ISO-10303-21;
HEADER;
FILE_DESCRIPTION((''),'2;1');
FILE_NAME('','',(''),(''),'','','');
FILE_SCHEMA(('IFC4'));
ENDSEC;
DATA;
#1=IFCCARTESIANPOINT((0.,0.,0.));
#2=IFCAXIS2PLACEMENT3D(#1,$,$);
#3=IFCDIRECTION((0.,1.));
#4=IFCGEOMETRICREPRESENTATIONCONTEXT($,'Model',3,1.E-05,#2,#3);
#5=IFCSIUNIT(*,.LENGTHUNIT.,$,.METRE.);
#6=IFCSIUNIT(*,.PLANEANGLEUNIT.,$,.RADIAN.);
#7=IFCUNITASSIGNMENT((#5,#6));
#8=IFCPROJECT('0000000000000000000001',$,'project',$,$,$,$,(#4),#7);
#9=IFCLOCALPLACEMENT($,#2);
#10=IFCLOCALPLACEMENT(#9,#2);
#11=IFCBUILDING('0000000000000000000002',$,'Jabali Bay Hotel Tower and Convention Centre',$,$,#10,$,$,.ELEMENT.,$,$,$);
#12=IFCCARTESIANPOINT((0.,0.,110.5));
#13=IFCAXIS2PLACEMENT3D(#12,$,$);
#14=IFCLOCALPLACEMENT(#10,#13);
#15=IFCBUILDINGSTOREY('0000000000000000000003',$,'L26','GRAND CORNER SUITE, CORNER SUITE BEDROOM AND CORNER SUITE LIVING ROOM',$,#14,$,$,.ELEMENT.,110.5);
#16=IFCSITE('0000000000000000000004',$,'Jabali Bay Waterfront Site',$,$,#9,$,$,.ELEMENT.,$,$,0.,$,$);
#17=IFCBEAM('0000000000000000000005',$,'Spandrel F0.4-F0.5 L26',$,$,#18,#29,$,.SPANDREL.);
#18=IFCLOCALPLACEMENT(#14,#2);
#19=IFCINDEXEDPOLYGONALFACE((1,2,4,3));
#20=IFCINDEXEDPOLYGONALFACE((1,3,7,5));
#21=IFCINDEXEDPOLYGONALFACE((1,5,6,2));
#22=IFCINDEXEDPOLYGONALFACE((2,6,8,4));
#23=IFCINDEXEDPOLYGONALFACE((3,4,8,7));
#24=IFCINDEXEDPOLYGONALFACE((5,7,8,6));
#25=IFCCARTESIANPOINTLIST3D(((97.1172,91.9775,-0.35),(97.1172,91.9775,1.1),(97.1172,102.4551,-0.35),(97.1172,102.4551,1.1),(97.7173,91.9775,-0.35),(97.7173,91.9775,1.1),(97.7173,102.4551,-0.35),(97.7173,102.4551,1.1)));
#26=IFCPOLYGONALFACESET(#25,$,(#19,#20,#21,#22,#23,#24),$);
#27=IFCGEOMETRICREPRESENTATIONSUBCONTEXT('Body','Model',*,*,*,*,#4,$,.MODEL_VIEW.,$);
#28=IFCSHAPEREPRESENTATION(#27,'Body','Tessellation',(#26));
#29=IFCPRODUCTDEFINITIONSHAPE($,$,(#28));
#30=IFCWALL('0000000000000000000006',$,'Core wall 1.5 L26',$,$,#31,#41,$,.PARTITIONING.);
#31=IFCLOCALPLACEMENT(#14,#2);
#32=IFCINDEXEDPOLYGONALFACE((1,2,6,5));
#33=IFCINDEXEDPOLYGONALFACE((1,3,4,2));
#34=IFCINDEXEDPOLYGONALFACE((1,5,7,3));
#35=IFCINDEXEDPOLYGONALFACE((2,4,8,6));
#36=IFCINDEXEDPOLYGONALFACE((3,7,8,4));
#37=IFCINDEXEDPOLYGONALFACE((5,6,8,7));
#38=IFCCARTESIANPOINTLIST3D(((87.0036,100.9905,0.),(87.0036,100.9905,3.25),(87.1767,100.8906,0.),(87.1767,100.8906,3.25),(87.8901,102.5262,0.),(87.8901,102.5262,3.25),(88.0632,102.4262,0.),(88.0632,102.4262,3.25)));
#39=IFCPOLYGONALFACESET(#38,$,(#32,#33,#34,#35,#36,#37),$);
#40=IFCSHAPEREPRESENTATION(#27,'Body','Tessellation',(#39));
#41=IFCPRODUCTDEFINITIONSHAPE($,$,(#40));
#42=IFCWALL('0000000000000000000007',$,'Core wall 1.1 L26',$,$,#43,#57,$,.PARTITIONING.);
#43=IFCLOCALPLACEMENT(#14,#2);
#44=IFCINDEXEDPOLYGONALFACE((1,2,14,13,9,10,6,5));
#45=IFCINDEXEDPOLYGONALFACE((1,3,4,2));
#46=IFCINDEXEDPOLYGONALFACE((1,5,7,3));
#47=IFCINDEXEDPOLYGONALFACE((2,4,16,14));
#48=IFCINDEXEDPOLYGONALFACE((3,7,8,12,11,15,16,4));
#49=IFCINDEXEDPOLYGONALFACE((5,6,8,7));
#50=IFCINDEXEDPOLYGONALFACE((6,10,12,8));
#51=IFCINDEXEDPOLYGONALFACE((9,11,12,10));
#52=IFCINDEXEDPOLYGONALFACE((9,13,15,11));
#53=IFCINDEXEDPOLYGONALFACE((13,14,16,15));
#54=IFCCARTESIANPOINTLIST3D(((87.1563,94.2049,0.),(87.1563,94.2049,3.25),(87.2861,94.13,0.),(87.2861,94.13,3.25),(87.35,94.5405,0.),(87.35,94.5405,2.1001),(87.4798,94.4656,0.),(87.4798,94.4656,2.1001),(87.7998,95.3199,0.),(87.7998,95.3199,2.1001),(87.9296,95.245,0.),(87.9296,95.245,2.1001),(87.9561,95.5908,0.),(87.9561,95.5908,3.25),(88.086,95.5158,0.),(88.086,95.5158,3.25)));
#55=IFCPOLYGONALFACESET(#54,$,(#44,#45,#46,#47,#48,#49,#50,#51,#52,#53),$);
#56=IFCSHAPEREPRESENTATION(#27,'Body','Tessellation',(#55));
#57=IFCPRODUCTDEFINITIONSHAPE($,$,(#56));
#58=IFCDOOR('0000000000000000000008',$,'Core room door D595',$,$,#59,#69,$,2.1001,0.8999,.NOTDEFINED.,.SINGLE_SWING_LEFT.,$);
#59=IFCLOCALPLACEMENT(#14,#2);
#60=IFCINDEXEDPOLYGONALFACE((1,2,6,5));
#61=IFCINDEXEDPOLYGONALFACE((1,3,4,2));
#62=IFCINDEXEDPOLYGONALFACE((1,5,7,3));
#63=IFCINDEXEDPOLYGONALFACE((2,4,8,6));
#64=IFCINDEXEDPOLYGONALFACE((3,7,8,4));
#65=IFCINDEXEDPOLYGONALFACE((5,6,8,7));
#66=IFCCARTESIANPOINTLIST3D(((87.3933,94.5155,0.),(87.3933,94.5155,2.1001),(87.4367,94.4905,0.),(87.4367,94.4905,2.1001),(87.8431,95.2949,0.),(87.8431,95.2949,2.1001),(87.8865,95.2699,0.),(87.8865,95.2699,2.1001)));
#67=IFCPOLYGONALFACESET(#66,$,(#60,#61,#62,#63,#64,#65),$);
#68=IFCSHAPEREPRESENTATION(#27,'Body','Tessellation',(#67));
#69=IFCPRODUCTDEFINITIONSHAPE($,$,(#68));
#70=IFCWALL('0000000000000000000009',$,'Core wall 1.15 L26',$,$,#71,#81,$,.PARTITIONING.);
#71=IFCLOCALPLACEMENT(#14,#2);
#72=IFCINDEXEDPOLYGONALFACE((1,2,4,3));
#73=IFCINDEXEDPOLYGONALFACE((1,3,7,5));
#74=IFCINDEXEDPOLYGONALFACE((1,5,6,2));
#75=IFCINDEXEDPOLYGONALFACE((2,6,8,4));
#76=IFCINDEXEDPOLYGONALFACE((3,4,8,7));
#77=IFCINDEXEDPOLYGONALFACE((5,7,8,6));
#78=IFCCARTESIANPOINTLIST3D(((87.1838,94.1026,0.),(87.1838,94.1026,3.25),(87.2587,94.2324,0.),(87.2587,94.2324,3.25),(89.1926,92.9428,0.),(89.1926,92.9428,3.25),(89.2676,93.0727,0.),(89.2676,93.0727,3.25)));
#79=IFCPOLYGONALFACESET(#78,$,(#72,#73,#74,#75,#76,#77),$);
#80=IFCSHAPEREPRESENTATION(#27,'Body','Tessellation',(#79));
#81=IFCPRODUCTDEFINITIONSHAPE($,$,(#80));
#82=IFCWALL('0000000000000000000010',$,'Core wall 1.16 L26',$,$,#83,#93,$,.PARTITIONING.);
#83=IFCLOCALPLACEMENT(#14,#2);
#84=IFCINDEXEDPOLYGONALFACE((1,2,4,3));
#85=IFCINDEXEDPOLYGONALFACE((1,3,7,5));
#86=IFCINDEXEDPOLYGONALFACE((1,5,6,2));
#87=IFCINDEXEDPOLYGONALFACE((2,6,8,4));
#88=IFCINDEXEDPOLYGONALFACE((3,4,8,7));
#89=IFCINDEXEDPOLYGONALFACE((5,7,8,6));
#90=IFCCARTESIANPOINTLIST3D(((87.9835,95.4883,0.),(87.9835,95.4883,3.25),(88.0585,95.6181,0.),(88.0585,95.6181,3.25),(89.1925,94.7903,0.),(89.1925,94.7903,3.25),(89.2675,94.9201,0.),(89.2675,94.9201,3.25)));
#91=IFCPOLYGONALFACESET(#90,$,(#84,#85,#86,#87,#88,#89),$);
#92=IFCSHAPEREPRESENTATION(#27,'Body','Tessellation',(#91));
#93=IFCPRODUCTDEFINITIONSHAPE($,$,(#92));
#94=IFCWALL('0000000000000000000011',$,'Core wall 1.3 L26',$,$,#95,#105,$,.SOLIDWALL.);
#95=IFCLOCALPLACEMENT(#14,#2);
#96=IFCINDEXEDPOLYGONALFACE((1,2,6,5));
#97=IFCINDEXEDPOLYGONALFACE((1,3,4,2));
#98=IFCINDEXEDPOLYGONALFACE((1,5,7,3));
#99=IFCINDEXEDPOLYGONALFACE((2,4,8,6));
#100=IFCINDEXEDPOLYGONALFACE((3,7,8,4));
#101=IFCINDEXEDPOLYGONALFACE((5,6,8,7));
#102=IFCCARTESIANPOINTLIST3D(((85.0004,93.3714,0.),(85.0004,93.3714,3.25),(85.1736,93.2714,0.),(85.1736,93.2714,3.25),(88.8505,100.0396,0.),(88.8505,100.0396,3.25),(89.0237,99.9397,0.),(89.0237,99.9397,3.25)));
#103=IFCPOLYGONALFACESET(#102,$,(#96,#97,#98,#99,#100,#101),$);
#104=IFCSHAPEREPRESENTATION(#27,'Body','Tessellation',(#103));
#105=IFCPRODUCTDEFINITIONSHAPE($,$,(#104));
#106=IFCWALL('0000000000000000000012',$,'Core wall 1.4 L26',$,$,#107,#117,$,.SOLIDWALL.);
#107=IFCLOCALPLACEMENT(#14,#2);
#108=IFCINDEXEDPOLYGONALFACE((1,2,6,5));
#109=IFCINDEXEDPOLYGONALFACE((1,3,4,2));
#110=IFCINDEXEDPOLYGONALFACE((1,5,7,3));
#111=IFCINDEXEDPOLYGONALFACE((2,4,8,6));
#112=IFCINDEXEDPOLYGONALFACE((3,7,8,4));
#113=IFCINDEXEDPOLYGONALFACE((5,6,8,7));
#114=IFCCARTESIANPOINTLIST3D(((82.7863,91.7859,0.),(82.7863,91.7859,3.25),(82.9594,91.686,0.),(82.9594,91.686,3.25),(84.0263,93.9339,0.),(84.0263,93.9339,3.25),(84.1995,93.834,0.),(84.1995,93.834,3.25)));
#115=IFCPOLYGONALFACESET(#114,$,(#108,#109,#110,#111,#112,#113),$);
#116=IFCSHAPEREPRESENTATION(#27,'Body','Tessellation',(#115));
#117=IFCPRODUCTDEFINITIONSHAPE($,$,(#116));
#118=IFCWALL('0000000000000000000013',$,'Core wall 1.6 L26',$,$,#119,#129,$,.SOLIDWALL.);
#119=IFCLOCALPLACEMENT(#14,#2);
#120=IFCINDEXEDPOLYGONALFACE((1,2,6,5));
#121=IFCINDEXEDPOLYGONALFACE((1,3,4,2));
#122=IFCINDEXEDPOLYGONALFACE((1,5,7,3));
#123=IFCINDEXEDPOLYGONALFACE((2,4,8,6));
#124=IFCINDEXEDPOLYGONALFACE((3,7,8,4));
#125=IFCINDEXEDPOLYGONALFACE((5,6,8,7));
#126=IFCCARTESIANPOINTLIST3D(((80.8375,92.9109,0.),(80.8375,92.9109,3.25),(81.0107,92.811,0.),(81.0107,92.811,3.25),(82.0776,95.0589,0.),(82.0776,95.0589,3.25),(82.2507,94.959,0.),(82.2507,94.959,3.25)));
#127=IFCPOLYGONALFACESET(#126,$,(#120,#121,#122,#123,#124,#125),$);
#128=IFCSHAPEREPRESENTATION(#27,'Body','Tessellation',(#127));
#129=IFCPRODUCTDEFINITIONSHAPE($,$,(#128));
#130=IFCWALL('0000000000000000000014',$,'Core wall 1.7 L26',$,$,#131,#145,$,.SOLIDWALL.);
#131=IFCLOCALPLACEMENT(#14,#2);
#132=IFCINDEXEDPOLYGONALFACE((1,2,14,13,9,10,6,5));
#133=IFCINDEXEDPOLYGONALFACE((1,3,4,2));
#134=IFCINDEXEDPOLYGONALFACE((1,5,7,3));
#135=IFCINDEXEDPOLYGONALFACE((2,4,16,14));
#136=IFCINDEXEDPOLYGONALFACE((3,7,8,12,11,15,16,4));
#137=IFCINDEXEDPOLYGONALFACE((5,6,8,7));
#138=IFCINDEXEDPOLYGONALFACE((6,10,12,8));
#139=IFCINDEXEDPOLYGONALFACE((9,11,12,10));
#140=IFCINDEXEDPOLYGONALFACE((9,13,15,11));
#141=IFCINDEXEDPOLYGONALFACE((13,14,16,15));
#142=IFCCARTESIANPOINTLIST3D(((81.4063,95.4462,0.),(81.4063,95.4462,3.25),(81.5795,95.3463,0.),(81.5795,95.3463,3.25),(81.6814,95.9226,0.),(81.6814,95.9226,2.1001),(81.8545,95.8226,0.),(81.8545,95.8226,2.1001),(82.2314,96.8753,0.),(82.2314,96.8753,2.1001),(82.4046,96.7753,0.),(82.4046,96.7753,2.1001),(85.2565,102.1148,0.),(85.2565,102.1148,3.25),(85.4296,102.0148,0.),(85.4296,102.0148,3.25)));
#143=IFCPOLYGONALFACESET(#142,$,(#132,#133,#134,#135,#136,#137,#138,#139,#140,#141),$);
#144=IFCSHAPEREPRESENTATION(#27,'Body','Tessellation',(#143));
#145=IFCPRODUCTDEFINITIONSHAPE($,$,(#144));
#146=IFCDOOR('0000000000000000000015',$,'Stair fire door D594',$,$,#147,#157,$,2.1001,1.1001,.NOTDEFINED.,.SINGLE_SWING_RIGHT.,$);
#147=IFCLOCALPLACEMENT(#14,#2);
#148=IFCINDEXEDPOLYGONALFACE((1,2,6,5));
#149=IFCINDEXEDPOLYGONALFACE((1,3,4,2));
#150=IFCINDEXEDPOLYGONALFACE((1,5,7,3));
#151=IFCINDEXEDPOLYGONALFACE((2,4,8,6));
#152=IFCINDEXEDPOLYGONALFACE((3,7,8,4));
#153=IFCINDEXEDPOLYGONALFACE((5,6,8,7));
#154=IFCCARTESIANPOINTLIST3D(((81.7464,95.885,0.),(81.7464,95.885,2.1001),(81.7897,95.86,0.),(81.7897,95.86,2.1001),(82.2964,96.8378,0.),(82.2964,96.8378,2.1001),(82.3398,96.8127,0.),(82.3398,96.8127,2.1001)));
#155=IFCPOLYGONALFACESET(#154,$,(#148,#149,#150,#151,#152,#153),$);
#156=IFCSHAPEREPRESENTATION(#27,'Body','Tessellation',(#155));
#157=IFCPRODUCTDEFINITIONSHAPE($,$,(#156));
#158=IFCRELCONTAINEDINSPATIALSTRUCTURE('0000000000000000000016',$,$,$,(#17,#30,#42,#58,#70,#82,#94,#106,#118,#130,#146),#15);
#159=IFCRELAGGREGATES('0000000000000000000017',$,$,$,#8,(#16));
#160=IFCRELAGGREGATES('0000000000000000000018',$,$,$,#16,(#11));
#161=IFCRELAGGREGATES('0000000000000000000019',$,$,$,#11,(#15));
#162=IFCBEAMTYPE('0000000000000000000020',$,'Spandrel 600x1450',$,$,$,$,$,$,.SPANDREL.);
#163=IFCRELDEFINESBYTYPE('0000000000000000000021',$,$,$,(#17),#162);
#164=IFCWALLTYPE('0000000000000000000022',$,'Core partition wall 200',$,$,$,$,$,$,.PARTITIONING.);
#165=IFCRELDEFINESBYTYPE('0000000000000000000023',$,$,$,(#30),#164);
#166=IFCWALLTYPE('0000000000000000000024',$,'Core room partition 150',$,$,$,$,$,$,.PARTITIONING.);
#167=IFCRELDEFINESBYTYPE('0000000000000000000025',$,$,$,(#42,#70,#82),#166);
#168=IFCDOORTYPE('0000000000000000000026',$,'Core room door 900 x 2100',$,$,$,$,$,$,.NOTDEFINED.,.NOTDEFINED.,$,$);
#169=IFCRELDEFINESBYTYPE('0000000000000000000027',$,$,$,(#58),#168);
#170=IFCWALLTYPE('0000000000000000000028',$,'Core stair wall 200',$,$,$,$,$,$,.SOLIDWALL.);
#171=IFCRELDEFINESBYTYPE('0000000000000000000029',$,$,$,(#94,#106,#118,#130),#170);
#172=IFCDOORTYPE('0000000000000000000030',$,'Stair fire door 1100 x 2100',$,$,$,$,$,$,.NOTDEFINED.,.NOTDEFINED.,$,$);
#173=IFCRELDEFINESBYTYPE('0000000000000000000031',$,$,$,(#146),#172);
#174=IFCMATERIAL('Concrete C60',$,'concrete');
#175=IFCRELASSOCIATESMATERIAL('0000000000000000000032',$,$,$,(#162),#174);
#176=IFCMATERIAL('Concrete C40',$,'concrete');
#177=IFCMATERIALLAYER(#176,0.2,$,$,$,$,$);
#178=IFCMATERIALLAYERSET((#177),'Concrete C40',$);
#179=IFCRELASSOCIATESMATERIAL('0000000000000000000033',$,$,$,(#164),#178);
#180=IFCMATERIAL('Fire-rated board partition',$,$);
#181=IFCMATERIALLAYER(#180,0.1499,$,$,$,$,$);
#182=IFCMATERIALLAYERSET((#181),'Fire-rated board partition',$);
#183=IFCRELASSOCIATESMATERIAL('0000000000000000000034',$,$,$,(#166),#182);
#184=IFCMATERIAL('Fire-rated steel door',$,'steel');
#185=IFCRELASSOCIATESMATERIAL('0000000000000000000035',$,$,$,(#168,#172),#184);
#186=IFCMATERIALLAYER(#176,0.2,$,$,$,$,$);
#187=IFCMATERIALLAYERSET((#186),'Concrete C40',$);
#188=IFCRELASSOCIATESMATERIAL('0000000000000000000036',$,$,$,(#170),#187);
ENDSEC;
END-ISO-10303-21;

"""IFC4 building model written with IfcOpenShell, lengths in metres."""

from ifc_helpers import new_model, si_unit, direction, frame, frame_2d, origin, origin_2d, place, context, subcontext, project, spatial, rectangle, extrude, material, layer, layer_set, material_profile, profile_set, type_object, element, fill, save


model = new_model("IFC4")

# Units and contexts
model_context = context("Model", 3, precision=1e-05, world=origin(), true_north=direction((0.0, 1.0)))
body_context = subcontext(model_context, "Body", "Model", "MODEL_VIEW")
ifc_project = project(units=[si_unit("LENGTHUNIT", "METRE"), si_unit("PLANEANGLEUNIT", "RADIAN")], contexts=[model_context])

# Site, building, storey
site_placement = place(None, origin())
site = spatial("IfcSite", under=ifc_project, at=site_placement, Name="Jabali Bay Waterfront Site", CompositionType="ELEMENT", RefElevation=0.0)
building_placement = place(site_placement, origin())
building = spatial("IfcBuilding", under=site, at=building_placement, Name="Jabali Bay Hotel Tower and Convention Centre", CompositionType="ELEMENT")
storey_placement = place(building_placement, frame((0.0, 0.0, 110.5)))
storey = spatial("IfcBuildingStorey", under=building, at=storey_placement, Name="L26", Description="GRAND CORNER SUITE, CORNER SUITE BEDROOM AND CORNER SUITE LIVING ROOM", CompositionType="ELEMENT", Elevation=110.5)

# Beam
ifc_material_1 = material(Name="Concrete C60", Category="concrete")
ifc_material_profile = material_profile(ifc_material_1, rectangle(XDim=0.6001, YDim=1.45, at=origin_2d()), Name="Spandrel 600x1450")
ifc_profile_set = profile_set([ifc_material_profile], Name="Concrete C60")
beam_type = type_object("IfcBeamType", Name="Spandrel 600x1450", PredefinedType="SPANDREL", material=ifc_profile_set)
beam_placement = place(storey_placement, frame((97.4172, 91.9775, 0.375), z_axis=(0.0, 1.0, 0.0), x_axis=(-1.0, 0.0, 0.0)))
element("IfcBeam", 1, at=beam_placement, inside=storey, type_object=beam_type, Name="Spandrel F0.4-F0.5 L26", PredefinedType="SPANDREL", context=body_context, shape_type="SweptSolid", body=[
    extrude(rectangle(XDim=0.6001, YDim=1.45, at=origin_2d()), origin(), (0.0, 0.0, 1.0), 10.4775),
])

# Wall
ifc_material_2 = material(Name="Concrete C40", Category="concrete")
ifc_layer_1 = layer(ifc_material_2, 0.2)
ifc_layer_set_1 = layer_set([ifc_layer_1], Name="Concrete C40")
wall_type_1 = type_object("IfcWallType", Name="Core partition wall 200", PredefinedType="PARTITIONING", material=ifc_layer_set_1)
wall_1_placement = place(storey_placement, frame((87.0901, 100.9404, 0.0), z_axis=(0.0, 0.0, 1.0), x_axis=(0.499945, 0.866057, 0.0)))
element("IfcWall", 2, at=wall_1_placement, inside=storey, type_object=wall_type_1, Name="Core wall 1.5 L26", PredefinedType="PARTITIONING", context=body_context, shape_type="SweptSolid", body=[
    extrude(rectangle(XDim=1.7732, YDim=0.2, at=frame_2d((0.8867, 0.0))), origin(), (0.0, 0.0, 1.0), 3.25),
])

# Wall, opening, door
ifc_material_3 = material(Name="Fire-rated board partition")
ifc_layer_2 = layer(ifc_material_3, 0.1499)
ifc_layer_set_2 = layer_set([ifc_layer_2], Name="Fire-rated board partition")
wall_type_2 = type_object("IfcWallType", Name="Core room partition 150", PredefinedType="PARTITIONING", material=ifc_layer_set_2)
wall_2_placement = place(storey_placement, frame((87.2212, 94.1675, 0.0), z_axis=(0.0, 0.0, 1.0), x_axis=(0.499881, 0.866094, 0.0)))
wall_2 = element("IfcWall", 3, at=wall_2_placement, inside=storey, type_object=wall_type_2, Name="Core wall 1.1 L26", PredefinedType="PARTITIONING", context=body_context, shape_type="SweptSolid", body=[
    extrude(rectangle(XDim=1.6001, YDim=0.1499, at=frame_2d((0.8, 0.0))), origin(), (0.0, 0.0, 1.0), 3.25),
])
opening_1_placement = place(wall_2_placement, frame((0.3875, 0.0, 0.0)))
opening_1 = element("IfcOpeningElement", 4, at=opening_1_placement, cuts=wall_2, PredefinedType="OPENING", context=body_context, shape_type="SweptSolid", body=[
    extrude(rectangle(XDim=0.8999, YDim=2.1001, at=frame_2d((0.45, 1.05))), frame((0.0, 0.0854, 0.0), z_axis=(0.0, -1.0, 0.0), x_axis=(1.0, 0.0, 0.0)), (0.0, 0.0, 1.0), 0.1709),
])
ifc_material_4 = material(Name="Fire-rated steel door", Category="steel")
door_type_1 = type_object("IfcDoorType", Name="Core room door 900 x 2100", OperationType="NOTDEFINED", PredefinedType="NOTDEFINED", material=ifc_material_4)
door_1_placement = place(opening_1_placement, origin())
door_1 = element("IfcDoor", 5, at=door_1_placement, inside=storey, type_object=door_type_1, Name="Core room door D595", OperationType="SINGLE_SWING_LEFT", OverallHeight=2.1001, OverallWidth=0.8999, PredefinedType="NOTDEFINED", context=body_context, shape_type="SweptSolid", body=[
    extrude(rectangle(XDim=0.8999, YDim=2.1001, at=frame_2d((0.45, 1.05))), frame((0.0, 0.0249, 0.0), z_axis=(0.0, -1.0, 0.0), x_axis=(1.0, 0.0, 0.0)), (0.0, 0.0, 1.0), 0.05),
])
fill(opening_1, door_1)

# Walls
wall_3_placement = place(storey_placement, frame((89.23, 93.0078, 0.0), z_axis=(0.0, 0.0, 1.0), x_axis=(-0.866045, 0.499965, 0.0)))
element("IfcWall", 6, at=wall_3_placement, inside=storey, type_object=wall_type_2, Name="Core wall 1.15 L26", PredefinedType="PARTITIONING", context=body_context, shape_type="SweptSolid", body=[
    extrude(rectangle(XDim=2.3196, YDim=0.1499, at=frame_2d((1.1597, 0.0))), origin(), (0.0, 0.0, 1.0), 3.25),
])
wall_4_placement = place(storey_placement, frame((89.23, 94.8552, 0.0), z_axis=(0.0, 0.0, 1.0), x_axis=(-0.866028, 0.499995, 0.0)))
element("IfcWall", 7, at=wall_4_placement, inside=storey, type_object=wall_type_2, Name="Core wall 1.16 L26", PredefinedType="PARTITIONING", context=body_context, shape_type="SweptSolid", body=[
    extrude(rectangle(XDim=1.396, YDim=0.1499, at=frame_2d((0.698, 0.0))), origin(), (0.0, 0.0, 1.0), 3.25),
])
ifc_layer_3 = layer(ifc_material_2, 0.2)
ifc_layer_set_3 = layer_set([ifc_layer_3], Name="Concrete C40")
wall_type_3 = type_object("IfcWallType", Name="Core stair wall 200", PredefinedType="SOLIDWALL", material=ifc_layer_set_3)
wall_5_placement = place(storey_placement, frame((85.0869, 93.3213, 0.0), z_axis=(0.0, 0.0, 1.0), x_axis=(0.50002, 0.866014, 0.0)))
element("IfcWall", 8, at=wall_5_placement, inside=storey, type_object=wall_type_3, Name="Core wall 1.3 L26", PredefinedType="SOLIDWALL", context=body_context, shape_type="SweptSolid", body=[
    extrude(rectangle(XDim=7.7, YDim=0.2, at=frame_2d((3.8501, 0.0))), origin(), (0.0, 0.0, 1.0), 3.25),
])
for number, where, z_axis, x_axis, name in (
    (9, (82.8728, 91.7358, 0.0), (0.0, 0.0, 1.0), (0.499961, 0.866048, 0.0), "Core wall 1.4 L26"),
    (10, (80.9241, 92.8608, 0.0), (0.0, 0.0, 1.0), (0.499961, 0.866048, 0.0), "Core wall 1.6 L26"),
):
    element("IfcWall", number, at=place(storey_placement, frame(where, z_axis=z_axis, x_axis=x_axis)), inside=storey, type_object=wall_type_3, Name=name, PredefinedType="SOLIDWALL", context=body_context, shape_type="SweptSolid", body=[
        extrude(rectangle(XDim=2.4802, YDim=0.2, at=frame_2d((1.2402, 0.0))), origin(), (0.0, 0.0, 1.0), 3.25),
    ])

# Wall, opening, door
wall_6_placement = place(storey_placement, frame((81.4929, 95.3962, 0.0), z_axis=(0.0, 0.0, 1.0), x_axis=(0.500006, 0.866022, 0.0)))
wall_6 = element("IfcWall", 11, at=wall_6_placement, inside=storey, type_object=wall_type_3, Name="Core wall 1.7 L26", PredefinedType="SOLIDWALL", context=body_context, shape_type="SweptSolid", body=[
    extrude(rectangle(XDim=7.7002, YDim=0.2, at=frame_2d((3.8501, 0.0))), origin(), (0.0, 0.0, 1.0), 3.25),
])
opening_2_placement = place(wall_6_placement, frame((0.55, 0.0, 0.0)))
opening_2 = element("IfcOpeningElement", 12, at=opening_2_placement, cuts=wall_6, PredefinedType="OPENING", context=body_context, shape_type="SweptSolid", body=[
    extrude(rectangle(XDim=1.1001, YDim=2.1001, at=frame_2d((0.55, 1.05))), frame((0.0, 0.1104, 0.0), z_axis=(0.0, -1.0, 0.0), x_axis=(1.0, 0.0, 0.0)), (0.0, 0.0, 1.0), 0.2209),
])
door_type_2 = type_object("IfcDoorType", Name="Stair fire door 1100 x 2100", OperationType="NOTDEFINED", PredefinedType="NOTDEFINED", material=ifc_material_4)
door_2_placement = place(opening_2_placement, origin())
door_2 = element("IfcDoor", 13, at=door_2_placement, inside=storey, type_object=door_type_2, Name="Stair fire door D594", OperationType="SINGLE_SWING_RIGHT", OverallHeight=2.1001, OverallWidth=1.1001, PredefinedType="NOTDEFINED", context=body_context, shape_type="SweptSolid", body=[
    extrude(rectangle(XDim=1.1001, YDim=2.1001, at=frame_2d((0.55, 1.05))), frame((0.0, 0.0249, 0.0), z_axis=(0.0, -1.0, 0.0), x_axis=(1.0, 0.0, 0.0)), (0.0, 0.0, 1.0), 0.05),
])
fill(opening_2, door_2)

save(model, "model.ifc")
